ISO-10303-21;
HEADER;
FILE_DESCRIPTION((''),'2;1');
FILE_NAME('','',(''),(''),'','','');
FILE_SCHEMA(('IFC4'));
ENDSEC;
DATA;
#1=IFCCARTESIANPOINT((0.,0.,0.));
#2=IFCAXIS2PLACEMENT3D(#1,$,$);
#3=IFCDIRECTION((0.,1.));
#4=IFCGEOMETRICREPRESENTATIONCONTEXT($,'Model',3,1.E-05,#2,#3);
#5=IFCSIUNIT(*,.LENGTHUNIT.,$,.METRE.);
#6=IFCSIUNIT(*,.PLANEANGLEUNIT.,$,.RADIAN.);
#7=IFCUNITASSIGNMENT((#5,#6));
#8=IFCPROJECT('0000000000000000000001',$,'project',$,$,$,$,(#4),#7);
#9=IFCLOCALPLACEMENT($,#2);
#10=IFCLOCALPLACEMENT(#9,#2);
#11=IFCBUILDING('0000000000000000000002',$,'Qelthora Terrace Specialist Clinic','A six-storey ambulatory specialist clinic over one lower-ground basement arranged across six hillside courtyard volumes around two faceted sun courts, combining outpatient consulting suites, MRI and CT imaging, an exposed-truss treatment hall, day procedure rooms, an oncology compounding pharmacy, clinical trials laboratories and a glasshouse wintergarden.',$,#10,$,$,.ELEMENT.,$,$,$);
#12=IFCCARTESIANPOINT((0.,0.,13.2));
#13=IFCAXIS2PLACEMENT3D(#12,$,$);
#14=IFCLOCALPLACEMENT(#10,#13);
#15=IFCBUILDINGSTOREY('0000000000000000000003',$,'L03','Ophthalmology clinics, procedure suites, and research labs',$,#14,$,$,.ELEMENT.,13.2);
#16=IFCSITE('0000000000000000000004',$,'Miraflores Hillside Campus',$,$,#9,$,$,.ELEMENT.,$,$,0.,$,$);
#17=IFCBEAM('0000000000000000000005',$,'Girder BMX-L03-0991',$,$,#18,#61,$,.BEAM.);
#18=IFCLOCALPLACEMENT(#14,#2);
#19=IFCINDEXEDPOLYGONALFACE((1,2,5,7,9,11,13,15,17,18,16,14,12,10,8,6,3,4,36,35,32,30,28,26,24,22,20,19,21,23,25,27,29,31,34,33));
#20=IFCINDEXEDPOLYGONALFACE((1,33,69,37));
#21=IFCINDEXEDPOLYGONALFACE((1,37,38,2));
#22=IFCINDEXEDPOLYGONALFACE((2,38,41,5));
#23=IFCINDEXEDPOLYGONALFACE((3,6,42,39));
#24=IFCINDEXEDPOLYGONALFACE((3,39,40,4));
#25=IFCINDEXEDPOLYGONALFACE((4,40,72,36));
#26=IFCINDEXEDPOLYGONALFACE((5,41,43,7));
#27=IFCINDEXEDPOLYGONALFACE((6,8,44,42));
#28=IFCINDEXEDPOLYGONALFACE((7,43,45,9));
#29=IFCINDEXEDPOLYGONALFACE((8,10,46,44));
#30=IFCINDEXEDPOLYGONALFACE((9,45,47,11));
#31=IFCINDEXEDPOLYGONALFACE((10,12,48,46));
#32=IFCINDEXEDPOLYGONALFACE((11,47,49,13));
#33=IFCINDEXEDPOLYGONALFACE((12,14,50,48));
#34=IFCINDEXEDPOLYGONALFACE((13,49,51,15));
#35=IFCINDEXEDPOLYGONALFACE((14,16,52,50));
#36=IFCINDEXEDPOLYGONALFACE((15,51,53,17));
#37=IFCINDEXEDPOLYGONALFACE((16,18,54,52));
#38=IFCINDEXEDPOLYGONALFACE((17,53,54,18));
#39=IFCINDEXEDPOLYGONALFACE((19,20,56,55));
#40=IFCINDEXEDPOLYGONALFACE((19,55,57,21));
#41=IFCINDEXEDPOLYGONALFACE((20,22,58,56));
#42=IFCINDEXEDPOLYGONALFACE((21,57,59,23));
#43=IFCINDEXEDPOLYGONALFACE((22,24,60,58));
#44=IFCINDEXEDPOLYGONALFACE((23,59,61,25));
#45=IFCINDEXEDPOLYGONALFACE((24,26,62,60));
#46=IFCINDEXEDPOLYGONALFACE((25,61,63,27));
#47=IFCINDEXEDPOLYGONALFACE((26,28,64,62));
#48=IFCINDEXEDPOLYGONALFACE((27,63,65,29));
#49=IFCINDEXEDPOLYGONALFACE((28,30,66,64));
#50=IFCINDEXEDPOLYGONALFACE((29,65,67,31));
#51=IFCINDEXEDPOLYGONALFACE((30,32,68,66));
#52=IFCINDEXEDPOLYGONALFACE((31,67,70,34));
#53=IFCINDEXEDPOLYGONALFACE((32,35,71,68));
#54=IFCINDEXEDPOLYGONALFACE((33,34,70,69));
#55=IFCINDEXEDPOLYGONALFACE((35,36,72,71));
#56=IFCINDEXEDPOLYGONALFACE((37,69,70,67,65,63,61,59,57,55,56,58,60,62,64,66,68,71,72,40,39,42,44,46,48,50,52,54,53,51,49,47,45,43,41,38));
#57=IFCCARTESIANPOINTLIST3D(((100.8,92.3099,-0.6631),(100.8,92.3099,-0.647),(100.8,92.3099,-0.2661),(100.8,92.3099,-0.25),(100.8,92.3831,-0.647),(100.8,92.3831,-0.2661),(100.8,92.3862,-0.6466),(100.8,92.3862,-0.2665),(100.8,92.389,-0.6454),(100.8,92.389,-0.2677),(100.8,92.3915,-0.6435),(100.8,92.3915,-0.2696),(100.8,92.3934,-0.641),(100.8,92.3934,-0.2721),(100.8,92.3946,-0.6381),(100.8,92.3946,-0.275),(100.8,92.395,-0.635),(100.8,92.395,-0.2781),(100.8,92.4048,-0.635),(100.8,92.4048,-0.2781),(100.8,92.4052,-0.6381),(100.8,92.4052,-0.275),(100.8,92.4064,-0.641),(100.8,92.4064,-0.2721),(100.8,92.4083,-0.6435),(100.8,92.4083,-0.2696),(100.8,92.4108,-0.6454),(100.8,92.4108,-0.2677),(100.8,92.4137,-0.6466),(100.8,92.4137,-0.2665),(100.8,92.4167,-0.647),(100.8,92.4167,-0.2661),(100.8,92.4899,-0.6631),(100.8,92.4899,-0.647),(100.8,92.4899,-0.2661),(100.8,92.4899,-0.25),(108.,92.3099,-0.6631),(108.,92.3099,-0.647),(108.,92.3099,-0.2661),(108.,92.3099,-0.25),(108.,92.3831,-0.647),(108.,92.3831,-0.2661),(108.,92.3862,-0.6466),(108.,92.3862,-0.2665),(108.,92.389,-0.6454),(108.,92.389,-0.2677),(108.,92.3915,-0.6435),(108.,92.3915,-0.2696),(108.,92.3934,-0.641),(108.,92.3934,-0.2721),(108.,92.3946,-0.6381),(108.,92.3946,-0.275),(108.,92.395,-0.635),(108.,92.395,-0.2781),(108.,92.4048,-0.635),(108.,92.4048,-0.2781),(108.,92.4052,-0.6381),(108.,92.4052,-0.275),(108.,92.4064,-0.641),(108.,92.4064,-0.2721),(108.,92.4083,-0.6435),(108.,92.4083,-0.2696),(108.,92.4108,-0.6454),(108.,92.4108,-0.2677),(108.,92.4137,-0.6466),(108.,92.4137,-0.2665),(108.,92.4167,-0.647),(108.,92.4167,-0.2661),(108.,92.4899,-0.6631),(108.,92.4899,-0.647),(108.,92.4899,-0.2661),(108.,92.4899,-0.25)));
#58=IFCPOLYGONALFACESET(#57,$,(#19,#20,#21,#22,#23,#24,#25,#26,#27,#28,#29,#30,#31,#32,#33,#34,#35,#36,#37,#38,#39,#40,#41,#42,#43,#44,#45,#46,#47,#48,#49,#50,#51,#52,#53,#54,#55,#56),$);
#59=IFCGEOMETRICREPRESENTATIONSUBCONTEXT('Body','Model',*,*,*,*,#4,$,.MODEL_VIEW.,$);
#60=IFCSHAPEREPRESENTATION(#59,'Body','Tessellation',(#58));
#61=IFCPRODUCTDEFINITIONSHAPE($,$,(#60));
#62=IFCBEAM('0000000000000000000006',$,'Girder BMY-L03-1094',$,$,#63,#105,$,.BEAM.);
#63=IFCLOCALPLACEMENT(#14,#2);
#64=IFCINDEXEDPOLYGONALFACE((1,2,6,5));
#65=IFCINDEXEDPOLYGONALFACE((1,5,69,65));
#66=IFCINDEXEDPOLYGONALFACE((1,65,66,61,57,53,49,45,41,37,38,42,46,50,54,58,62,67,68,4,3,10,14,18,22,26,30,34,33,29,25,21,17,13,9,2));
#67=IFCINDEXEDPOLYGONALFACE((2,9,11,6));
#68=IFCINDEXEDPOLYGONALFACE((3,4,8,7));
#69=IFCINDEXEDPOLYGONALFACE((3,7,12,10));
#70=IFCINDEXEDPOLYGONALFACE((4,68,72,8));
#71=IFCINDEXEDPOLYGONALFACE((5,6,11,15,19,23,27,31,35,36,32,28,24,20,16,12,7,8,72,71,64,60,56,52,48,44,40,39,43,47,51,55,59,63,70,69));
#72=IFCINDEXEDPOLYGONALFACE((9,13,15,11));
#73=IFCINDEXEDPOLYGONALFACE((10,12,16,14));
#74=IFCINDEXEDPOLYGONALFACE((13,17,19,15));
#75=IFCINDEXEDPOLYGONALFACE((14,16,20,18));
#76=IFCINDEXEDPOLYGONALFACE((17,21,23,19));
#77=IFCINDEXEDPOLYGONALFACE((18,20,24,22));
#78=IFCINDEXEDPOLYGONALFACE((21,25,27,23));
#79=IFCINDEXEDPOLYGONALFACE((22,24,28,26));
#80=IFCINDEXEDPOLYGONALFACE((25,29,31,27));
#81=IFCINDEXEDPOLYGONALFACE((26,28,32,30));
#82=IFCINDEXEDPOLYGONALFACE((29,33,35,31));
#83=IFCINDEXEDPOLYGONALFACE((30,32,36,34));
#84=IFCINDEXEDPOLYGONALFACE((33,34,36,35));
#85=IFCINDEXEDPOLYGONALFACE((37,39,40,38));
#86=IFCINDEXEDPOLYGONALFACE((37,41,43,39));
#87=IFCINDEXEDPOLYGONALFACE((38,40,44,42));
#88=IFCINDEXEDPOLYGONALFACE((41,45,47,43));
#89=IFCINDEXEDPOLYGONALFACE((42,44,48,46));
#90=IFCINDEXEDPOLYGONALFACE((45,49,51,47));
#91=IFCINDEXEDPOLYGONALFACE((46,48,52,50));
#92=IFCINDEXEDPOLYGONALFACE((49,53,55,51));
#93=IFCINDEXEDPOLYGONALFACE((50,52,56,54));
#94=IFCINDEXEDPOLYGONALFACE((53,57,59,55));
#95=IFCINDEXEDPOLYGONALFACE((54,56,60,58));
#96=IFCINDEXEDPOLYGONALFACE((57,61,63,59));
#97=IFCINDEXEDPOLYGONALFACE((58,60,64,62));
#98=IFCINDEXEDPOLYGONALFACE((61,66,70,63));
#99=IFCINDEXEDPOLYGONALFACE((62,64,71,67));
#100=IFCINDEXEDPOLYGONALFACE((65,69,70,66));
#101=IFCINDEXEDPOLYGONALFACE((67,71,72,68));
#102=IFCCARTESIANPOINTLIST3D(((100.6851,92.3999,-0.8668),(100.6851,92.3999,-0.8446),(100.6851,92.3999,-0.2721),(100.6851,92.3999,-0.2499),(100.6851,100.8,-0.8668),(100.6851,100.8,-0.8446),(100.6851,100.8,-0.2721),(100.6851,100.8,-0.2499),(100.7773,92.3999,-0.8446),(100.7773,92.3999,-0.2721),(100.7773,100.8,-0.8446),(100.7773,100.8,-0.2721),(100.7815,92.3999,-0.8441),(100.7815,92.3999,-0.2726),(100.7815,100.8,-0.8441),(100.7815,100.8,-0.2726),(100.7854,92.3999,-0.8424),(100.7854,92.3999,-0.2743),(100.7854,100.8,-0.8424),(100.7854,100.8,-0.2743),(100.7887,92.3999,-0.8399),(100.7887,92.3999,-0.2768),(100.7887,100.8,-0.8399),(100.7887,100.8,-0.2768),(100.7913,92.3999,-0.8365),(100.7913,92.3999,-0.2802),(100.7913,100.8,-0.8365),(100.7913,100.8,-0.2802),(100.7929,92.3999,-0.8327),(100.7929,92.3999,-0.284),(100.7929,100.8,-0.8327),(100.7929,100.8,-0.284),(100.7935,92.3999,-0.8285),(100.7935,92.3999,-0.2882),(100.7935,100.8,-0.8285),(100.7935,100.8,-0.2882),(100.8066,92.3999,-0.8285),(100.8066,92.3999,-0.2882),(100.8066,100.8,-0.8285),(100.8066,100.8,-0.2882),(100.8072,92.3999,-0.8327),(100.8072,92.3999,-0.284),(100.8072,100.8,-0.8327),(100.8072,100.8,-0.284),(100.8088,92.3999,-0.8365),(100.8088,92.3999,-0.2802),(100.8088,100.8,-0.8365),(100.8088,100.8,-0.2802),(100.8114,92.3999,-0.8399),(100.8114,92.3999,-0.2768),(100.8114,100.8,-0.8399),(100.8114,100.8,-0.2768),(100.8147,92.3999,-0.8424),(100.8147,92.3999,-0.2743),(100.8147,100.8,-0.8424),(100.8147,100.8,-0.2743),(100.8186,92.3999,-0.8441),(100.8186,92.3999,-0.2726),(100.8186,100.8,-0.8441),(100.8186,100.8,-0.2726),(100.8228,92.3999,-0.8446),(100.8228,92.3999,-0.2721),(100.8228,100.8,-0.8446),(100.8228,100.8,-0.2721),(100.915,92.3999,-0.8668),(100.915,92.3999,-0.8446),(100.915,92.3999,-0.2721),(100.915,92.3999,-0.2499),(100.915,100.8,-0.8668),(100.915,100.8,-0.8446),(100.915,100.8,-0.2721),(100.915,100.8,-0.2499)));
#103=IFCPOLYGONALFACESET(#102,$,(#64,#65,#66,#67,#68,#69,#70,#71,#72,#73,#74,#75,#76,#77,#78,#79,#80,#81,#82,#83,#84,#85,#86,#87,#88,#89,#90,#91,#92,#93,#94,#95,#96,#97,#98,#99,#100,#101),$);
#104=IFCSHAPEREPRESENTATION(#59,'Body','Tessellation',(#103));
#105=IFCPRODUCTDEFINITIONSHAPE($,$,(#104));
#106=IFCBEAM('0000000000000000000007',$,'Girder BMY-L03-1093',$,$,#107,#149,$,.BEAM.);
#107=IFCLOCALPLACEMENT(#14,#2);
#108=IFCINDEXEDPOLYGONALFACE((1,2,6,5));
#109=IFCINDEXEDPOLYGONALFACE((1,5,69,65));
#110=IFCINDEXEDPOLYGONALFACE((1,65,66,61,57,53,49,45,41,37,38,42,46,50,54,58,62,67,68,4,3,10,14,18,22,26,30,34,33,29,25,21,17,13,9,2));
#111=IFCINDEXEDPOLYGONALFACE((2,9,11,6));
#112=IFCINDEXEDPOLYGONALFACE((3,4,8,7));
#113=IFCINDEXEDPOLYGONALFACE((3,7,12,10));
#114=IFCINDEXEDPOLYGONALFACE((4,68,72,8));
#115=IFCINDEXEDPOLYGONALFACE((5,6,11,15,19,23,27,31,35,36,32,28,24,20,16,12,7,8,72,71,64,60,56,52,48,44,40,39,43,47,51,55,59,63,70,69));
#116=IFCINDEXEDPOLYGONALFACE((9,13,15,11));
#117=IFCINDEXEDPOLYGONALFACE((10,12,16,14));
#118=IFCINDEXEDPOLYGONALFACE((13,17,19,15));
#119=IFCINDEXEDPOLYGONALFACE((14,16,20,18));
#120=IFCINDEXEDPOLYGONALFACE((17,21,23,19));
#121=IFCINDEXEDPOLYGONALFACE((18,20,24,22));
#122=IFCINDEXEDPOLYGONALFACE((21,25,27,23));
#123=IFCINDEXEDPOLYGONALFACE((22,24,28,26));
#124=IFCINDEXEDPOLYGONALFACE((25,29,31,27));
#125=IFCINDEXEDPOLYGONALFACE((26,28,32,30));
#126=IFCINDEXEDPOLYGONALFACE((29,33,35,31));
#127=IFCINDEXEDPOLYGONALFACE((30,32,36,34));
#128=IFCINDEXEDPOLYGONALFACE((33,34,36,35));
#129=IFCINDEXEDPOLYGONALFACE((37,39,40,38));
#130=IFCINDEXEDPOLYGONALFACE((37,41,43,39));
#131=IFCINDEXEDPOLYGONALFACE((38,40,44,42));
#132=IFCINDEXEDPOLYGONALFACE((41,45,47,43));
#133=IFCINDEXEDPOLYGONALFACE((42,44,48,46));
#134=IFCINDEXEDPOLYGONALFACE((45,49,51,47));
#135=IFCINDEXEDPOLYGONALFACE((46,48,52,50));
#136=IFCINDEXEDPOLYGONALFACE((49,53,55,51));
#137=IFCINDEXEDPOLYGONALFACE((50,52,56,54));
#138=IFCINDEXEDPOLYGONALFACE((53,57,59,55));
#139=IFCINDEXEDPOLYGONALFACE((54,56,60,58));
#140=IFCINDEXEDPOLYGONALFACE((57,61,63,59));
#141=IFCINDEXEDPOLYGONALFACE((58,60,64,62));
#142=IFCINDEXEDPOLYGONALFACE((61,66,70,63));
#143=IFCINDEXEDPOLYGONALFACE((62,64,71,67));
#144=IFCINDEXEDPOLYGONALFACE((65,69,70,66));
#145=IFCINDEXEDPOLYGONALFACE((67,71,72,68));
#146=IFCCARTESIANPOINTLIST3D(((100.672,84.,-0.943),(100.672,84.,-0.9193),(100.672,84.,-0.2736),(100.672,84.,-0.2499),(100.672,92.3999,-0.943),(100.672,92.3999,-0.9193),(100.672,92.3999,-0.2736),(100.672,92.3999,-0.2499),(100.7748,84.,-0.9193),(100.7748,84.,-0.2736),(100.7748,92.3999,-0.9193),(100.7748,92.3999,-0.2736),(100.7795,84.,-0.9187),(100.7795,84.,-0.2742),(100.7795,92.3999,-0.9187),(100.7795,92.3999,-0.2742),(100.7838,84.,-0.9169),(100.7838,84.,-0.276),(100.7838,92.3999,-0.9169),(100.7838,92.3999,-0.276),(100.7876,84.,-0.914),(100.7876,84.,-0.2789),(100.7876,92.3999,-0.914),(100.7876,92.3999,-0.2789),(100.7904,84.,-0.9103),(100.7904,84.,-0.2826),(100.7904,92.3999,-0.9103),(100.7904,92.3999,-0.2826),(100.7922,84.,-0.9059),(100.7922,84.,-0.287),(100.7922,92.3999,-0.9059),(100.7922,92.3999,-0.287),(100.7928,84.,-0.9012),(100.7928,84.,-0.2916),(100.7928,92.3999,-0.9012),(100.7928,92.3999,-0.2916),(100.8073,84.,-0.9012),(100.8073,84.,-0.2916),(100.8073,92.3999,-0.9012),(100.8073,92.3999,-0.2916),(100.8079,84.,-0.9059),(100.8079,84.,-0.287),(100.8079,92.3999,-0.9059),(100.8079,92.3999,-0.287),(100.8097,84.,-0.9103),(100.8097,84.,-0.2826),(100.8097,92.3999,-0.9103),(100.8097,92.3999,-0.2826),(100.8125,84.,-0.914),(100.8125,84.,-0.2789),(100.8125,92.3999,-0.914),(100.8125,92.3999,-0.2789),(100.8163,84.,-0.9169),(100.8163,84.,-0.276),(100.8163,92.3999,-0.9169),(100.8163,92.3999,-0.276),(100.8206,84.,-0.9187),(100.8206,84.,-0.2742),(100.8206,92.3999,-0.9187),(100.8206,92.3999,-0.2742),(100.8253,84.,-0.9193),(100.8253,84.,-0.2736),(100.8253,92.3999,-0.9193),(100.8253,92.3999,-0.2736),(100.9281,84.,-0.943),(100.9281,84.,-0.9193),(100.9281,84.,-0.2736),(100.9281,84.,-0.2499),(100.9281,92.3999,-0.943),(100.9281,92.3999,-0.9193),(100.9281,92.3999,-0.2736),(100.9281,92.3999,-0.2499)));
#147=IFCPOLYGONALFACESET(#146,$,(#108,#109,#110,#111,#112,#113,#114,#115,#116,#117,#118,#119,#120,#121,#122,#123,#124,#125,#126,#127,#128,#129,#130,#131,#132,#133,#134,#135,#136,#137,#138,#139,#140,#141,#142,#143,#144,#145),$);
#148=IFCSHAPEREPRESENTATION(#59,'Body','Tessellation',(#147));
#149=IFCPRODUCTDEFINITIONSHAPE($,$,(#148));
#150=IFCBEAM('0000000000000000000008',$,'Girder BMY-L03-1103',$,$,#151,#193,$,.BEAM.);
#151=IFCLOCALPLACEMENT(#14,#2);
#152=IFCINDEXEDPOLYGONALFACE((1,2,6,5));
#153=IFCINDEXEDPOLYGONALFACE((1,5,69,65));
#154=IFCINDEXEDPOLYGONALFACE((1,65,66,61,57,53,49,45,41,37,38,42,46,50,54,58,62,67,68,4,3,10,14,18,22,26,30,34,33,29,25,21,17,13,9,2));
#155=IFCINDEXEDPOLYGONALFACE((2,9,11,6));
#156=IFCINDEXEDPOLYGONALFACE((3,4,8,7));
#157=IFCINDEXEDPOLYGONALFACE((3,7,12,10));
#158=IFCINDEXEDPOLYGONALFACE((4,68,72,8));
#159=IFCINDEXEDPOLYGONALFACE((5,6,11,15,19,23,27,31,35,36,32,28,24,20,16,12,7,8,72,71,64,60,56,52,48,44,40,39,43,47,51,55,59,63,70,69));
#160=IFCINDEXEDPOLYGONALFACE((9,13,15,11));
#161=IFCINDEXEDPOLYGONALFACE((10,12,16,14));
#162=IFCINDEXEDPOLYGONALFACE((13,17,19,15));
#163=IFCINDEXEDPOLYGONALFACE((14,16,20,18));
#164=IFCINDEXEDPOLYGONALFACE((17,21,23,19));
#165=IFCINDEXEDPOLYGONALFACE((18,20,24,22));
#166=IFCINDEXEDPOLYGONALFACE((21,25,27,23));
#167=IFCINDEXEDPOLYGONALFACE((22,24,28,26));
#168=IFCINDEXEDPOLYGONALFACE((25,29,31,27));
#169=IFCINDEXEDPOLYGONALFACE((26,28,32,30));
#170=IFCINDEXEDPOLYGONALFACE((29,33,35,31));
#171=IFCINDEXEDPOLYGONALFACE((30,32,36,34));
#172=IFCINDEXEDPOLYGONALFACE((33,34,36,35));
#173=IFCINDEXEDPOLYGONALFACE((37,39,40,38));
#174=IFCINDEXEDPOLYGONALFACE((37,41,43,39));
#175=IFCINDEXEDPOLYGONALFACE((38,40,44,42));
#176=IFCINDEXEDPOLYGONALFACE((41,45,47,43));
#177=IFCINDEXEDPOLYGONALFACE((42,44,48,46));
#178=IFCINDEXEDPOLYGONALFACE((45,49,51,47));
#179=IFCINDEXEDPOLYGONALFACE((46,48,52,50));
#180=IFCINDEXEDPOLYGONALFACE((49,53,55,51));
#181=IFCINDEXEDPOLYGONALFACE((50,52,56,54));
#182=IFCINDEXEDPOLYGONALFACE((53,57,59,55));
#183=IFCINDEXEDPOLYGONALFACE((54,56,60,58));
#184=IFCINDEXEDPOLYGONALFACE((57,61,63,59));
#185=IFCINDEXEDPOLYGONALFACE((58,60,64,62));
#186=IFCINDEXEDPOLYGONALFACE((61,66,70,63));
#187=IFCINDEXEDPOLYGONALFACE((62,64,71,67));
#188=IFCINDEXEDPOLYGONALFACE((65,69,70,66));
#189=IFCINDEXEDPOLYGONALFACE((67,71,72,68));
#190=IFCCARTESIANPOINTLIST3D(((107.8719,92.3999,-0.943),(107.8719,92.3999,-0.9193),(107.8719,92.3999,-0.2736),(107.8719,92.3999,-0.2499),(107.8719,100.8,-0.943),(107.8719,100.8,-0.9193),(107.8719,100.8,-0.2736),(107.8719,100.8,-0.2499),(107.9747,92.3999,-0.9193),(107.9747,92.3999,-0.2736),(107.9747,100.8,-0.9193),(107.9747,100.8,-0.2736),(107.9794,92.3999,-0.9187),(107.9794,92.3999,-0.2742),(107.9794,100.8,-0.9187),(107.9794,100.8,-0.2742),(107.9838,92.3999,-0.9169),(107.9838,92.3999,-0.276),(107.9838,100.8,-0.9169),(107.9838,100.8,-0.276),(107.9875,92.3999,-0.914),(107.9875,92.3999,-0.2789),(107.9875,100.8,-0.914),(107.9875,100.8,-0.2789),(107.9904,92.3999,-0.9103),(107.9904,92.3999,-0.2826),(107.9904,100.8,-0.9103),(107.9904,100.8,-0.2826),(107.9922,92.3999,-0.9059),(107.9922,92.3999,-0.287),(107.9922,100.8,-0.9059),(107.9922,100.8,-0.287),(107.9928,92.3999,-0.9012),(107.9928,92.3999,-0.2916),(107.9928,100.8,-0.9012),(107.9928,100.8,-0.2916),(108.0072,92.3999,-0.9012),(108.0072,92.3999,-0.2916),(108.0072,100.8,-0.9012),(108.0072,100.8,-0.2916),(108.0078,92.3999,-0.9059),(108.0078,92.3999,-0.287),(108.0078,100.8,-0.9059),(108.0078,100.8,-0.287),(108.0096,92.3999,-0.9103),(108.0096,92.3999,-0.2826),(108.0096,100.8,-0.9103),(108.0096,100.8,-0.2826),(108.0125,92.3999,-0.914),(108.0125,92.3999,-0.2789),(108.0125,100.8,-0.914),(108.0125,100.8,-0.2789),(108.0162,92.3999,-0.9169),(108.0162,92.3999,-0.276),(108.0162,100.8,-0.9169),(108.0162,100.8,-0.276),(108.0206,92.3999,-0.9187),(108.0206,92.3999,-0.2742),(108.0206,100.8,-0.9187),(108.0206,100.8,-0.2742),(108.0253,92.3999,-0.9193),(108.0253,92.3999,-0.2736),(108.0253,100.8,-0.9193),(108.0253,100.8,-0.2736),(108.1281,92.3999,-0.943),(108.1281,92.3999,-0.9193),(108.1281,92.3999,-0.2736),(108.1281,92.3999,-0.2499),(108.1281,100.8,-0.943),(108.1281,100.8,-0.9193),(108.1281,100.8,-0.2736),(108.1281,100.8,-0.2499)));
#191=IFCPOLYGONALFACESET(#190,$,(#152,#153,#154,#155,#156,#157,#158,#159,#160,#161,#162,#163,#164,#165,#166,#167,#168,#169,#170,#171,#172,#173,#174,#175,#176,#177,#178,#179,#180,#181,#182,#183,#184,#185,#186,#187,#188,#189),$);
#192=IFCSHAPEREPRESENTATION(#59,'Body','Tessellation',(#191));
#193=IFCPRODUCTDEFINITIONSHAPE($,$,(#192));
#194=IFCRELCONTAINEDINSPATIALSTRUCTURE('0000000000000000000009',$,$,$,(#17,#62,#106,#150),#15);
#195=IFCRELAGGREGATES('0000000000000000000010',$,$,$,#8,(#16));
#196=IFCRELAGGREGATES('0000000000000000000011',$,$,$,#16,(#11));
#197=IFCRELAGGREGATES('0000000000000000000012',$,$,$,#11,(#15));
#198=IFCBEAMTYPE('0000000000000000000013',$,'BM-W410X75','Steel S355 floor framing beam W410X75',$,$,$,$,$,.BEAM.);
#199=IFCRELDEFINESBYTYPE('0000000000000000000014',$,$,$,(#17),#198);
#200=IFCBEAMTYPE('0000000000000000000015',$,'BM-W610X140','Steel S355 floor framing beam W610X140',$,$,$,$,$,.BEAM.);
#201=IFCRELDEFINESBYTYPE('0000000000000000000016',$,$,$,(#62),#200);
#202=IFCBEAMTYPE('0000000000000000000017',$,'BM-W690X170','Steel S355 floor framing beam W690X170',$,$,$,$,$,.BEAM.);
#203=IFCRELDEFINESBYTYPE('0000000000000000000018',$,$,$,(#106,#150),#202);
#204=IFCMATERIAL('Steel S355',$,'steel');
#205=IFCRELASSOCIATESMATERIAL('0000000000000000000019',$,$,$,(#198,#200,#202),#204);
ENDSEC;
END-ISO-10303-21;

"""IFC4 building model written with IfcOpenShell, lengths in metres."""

from ifc_helpers import new_model, si_unit, direction, frame, origin, origin_2d, place, context, subcontext, project, spatial, i_section, extrude, material, material_profile, profile_set, type_object, element, save


model = new_model("IFC4")

# Units and contexts
model_context = context("Model", 3, precision=1e-05, world=origin(), true_north=direction((0.0, 1.0)))
body_context = subcontext(model_context, "Body", "Model", "MODEL_VIEW")
ifc_project = project(units=[si_unit("LENGTHUNIT", "METRE"), si_unit("PLANEANGLEUNIT", "RADIAN")], contexts=[model_context])

# Site, building, storey
site_placement = place(None, origin())
site = spatial("IfcSite", under=ifc_project, at=site_placement, Name="Miraflores Hillside Campus", CompositionType="ELEMENT", RefElevation=0.0)
building_placement = place(site_placement, origin())
building = spatial("IfcBuilding", under=site, at=building_placement, Name="Qelthora Terrace Specialist Clinic", Description="A six-storey ambulatory specialist clinic over one lower-ground basement arranged across six hillside courtyard volumes around two faceted sun courts, combining outpatient consulting suites, MRI and CT imaging, an exposed-truss treatment hall, day procedure rooms, an oncology compounding pharmacy, clinical trials laboratories and a glasshouse wintergarden.", CompositionType="ELEMENT")
storey_placement = place(building_placement, frame((0.0, 0.0, 13.2)))
storey = spatial("IfcBuildingStorey", under=building, at=storey_placement, Name="L03", Description="Ophthalmology clinics, procedure suites, and research labs", CompositionType="ELEMENT", Elevation=13.2)

# Shared definitions
ifc_material_1 = material(Name="Steel S355", Category="steel")

# Beams
ifc_material_profile_1 = material_profile(ifc_material_1, i_section(OverallWidth=0.1799, OverallDepth=0.4131, WebThickness=0.0098, FlangeThickness=0.0161, FilletRadius=0.012, at=origin_2d()), Name="W410X75")
ifc_profile_set_1 = profile_set([ifc_material_profile_1], Name="Steel S355")
beam_type_1 = type_object("IfcBeamType", Name="BM-W410X75", Description="Steel S355 floor framing beam W410X75", PredefinedType="BEAM", material=ifc_profile_set_1)
for number, where, z_axis, x_axis, name in (
    (1, (100.8, 92.3999, -0.4565), (1.0, 0.0, 0.0), (0.0, 1.0, 0.0), "Girder BMX-L03-0991"),
):
    element("IfcBeam", number, at=place(storey_placement, frame(where, z_axis=z_axis, x_axis=x_axis)), inside=storey, type_object=beam_type_1, Name=name, PredefinedType="BEAM", context=body_context, shape_type="SweptSolid", body=[
        extrude(i_section(OverallWidth=0.1799, OverallDepth=0.4131, WebThickness=0.0098, FlangeThickness=0.0161, FilletRadius=0.012, at=origin_2d()), origin(), (0.0, 0.0, 1.0), 7.2),
    ])
ifc_material_profile_2 = material_profile(ifc_material_1, i_section(OverallWidth=0.23, OverallDepth=0.6169, WebThickness=0.0132, FlangeThickness=0.0222, FilletRadius=0.0161, at=origin_2d()), Name="W610X140")
ifc_profile_set_2 = profile_set([ifc_material_profile_2], Name="Steel S355")
beam_type_2 = type_object("IfcBeamType", Name="BM-W610X140", Description="Steel S355 floor framing beam W610X140", PredefinedType="BEAM", material=ifc_profile_set_2)
beam_1_placement = place(storey_placement, frame((100.8, 92.3999, -0.5583), z_axis=(0.0, 1.0, 0.0), x_axis=(-1.0, 0.0, 0.0)))
element("IfcBeam", 2, at=beam_1_placement, inside=storey, type_object=beam_type_2, Name="Girder BMY-L03-1094", PredefinedType="BEAM", context=body_context, shape_type="SweptSolid", body=[
    extrude(i_section(OverallWidth=0.23, OverallDepth=0.6169, WebThickness=0.0132, FlangeThickness=0.0222, FilletRadius=0.0161, at=origin_2d()), origin(), (0.0, 0.0, 1.0), 8.4001),
])
ifc_material_profile_3 = material_profile(ifc_material_1, i_section(OverallWidth=0.2561, OverallDepth=0.6931, WebThickness=0.0144, FlangeThickness=0.0237, FilletRadius=0.0181, at=origin_2d()), Name="W690X170")
ifc_profile_set_3 = profile_set([ifc_material_profile_3], Name="Steel S355")
beam_type_3 = type_object("IfcBeamType", Name="BM-W690X170", Description="Steel S355 floor framing beam W690X170", PredefinedType="BEAM", material=ifc_profile_set_3)
beam_2_placement = place(storey_placement, frame((100.8, 84.0, -0.5964), z_axis=(0.0, 1.0, 0.0), x_axis=(-1.0, 0.0, 0.0)))
element("IfcBeam", 3, at=beam_2_placement, inside=storey, type_object=beam_type_3, Name="Girder BMY-L03-1093", PredefinedType="BEAM", context=body_context, shape_type="SweptSolid", body=[
    extrude(i_section(OverallWidth=0.2561, OverallDepth=0.6931, WebThickness=0.0144, FlangeThickness=0.0237, FilletRadius=0.0181, at=origin_2d()), origin(), (0.0, 0.0, 1.0), 8.3999),
])
beam_3_placement = place(storey_placement, frame((108.0, 92.3999, -0.5964), z_axis=(0.0, 1.0, 0.0), x_axis=(-1.0, 0.0, 0.0)))
element("IfcBeam", 4, at=beam_3_placement, inside=storey, type_object=beam_type_3, Name="Girder BMY-L03-1103", PredefinedType="BEAM", context=body_context, shape_type="SweptSolid", body=[
    extrude(i_section(OverallWidth=0.2561, OverallDepth=0.6931, WebThickness=0.0144, FlangeThickness=0.0237, FilletRadius=0.0181, at=origin_2d()), origin(), (0.0, 0.0, 1.0), 8.4001),
])

save(model, "model.ifc")
